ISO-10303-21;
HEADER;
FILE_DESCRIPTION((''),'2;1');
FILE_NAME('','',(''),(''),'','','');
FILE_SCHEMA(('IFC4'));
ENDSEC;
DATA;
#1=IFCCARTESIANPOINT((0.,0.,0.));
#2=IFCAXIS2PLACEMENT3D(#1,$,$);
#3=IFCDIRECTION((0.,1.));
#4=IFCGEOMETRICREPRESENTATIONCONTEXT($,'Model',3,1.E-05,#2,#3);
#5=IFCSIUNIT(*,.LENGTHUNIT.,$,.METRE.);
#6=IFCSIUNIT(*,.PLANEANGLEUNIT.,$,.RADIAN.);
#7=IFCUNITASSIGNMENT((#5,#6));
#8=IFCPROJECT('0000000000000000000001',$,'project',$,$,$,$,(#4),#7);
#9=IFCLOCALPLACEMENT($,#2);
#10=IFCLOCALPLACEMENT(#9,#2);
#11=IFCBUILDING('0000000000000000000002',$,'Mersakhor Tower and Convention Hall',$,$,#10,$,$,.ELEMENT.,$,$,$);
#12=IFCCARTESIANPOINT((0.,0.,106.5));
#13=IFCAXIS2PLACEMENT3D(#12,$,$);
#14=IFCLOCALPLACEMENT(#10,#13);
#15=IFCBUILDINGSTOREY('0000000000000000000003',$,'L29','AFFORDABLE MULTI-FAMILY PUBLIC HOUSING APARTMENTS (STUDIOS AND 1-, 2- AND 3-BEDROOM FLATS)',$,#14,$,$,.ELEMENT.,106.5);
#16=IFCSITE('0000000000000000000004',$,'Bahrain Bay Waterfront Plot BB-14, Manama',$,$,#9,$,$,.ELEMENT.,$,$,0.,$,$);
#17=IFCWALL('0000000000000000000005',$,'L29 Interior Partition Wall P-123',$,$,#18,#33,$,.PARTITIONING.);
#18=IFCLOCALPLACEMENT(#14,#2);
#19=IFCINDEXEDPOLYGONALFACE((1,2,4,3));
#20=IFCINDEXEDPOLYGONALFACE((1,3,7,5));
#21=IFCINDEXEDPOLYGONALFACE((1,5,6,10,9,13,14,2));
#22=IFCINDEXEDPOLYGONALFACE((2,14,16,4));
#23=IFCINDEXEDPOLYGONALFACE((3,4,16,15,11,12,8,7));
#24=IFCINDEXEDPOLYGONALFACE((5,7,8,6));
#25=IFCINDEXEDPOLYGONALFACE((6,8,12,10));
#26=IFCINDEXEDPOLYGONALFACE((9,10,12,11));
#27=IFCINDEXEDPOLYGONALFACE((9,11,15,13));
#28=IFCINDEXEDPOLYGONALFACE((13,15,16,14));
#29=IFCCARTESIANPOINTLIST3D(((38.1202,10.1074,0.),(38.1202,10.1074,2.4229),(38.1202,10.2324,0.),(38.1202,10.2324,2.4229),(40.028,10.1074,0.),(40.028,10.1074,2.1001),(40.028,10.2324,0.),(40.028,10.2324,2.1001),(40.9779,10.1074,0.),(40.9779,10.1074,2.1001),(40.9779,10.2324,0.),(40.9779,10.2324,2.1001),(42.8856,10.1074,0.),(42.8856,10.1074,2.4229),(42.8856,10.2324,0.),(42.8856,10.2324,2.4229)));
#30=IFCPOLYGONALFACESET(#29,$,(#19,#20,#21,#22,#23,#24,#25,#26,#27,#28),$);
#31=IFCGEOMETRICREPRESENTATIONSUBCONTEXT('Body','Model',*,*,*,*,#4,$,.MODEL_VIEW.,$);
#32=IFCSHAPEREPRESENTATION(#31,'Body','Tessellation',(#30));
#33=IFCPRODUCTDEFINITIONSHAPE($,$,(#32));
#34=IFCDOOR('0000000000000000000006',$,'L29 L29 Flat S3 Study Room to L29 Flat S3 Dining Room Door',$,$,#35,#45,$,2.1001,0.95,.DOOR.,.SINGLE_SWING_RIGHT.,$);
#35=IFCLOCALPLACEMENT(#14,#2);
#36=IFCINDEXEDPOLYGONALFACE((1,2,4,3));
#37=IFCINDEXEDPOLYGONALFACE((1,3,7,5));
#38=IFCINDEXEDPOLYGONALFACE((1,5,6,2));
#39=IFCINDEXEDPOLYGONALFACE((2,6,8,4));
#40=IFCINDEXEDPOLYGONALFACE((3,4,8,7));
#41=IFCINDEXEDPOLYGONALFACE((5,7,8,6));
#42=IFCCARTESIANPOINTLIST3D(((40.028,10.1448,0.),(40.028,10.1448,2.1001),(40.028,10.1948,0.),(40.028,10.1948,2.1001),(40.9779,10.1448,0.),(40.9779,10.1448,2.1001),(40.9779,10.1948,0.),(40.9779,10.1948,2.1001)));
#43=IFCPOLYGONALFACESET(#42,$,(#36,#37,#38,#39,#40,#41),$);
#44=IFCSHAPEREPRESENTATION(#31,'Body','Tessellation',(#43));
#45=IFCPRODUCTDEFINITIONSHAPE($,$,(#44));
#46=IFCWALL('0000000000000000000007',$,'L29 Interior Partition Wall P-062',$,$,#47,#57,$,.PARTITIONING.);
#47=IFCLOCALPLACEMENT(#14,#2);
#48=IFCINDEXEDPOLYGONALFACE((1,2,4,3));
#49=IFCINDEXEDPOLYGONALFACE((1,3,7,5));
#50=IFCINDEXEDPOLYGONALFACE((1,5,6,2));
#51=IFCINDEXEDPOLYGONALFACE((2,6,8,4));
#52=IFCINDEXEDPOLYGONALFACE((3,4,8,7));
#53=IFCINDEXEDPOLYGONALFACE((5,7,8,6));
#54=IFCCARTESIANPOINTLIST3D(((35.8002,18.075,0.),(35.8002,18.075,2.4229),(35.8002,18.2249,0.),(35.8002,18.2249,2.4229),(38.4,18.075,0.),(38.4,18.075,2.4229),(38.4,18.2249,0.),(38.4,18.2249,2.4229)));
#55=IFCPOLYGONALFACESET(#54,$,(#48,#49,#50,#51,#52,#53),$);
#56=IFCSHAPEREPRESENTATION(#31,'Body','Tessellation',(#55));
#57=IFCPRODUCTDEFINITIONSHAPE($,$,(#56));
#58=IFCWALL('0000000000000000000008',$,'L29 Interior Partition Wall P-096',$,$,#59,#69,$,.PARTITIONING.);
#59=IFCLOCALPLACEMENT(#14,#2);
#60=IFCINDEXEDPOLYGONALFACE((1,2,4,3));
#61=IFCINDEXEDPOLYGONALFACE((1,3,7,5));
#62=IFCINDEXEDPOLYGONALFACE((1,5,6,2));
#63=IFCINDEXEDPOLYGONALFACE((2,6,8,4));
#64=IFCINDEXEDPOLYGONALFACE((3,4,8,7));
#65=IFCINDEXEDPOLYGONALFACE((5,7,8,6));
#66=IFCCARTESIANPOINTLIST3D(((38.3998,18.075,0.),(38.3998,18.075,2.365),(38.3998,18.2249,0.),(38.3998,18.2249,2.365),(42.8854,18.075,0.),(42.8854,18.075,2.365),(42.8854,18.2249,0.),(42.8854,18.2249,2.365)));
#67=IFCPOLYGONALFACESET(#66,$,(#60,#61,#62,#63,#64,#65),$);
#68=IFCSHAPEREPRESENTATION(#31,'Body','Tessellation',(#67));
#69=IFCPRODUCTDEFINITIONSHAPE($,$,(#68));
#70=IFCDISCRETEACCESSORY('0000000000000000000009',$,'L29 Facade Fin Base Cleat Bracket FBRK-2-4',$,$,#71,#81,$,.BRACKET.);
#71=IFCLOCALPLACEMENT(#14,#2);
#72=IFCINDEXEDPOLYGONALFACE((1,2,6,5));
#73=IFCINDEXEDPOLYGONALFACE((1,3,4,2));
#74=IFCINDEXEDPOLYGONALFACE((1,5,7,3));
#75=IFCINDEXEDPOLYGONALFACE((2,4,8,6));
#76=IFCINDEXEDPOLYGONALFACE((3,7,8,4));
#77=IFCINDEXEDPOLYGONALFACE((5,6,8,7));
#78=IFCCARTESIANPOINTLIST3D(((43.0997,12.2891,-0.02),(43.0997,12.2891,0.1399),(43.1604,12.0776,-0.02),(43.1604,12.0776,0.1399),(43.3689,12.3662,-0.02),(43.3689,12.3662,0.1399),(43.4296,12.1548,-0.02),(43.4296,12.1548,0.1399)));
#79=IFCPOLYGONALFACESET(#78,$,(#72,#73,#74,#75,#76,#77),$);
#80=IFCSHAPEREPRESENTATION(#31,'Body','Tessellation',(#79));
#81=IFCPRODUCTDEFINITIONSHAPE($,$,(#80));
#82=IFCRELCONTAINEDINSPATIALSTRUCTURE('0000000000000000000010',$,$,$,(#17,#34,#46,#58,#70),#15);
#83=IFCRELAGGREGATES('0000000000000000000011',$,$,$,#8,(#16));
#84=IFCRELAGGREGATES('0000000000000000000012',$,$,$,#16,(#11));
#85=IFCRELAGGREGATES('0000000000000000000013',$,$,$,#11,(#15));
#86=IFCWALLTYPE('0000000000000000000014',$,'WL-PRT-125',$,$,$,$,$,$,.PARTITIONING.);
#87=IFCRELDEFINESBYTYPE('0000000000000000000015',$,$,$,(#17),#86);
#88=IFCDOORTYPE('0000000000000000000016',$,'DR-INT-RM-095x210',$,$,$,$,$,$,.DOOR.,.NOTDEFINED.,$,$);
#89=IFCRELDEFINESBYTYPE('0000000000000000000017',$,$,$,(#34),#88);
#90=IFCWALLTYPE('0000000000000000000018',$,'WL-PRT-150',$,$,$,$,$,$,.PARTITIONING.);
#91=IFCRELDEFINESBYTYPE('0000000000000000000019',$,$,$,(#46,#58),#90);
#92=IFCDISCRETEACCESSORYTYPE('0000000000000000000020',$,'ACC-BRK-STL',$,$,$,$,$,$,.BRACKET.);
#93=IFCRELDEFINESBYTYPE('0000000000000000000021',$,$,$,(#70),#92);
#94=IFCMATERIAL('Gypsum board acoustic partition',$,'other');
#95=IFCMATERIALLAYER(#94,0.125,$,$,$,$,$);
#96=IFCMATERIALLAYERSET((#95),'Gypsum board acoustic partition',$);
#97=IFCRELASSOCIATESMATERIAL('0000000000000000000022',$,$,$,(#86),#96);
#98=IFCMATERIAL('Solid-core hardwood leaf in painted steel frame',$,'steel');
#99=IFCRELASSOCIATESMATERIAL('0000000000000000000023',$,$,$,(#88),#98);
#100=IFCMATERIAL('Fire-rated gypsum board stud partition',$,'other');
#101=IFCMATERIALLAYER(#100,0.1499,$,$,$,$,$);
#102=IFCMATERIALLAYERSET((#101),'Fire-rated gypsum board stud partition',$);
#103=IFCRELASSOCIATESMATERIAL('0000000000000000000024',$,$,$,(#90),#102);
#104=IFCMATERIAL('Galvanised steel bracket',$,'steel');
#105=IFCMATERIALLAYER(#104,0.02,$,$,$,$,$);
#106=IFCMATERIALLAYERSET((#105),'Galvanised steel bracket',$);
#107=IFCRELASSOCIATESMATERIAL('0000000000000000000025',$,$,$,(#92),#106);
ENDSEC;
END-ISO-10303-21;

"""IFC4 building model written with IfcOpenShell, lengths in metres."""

from ifc_helpers import new_model, si_unit, direction, frame, frame_2d, origin, origin_2d, place, context, subcontext, project, spatial, rectangle, extrude, material, layer, layer_set, type_object, element, fill, save


model = new_model("IFC4")

# Units and contexts
model_context = context("Model", 3, precision=1e-05, world=origin(), true_north=direction((0.0, 1.0)))
body_context = subcontext(model_context, "Body", "Model", "MODEL_VIEW")
ifc_project = project(units=[si_unit("LENGTHUNIT", "METRE"), si_unit("PLANEANGLEUNIT", "RADIAN")], contexts=[model_context])

# Site, building, storey
site_placement = place(None, origin())
site = spatial("IfcSite", under=ifc_project, at=site_placement, Name="Bahrain Bay Waterfront Plot BB-14, Manama", CompositionType="ELEMENT", RefElevation=0.0)
building_placement = place(site_placement, origin())
building = spatial("IfcBuilding", under=site, at=building_placement, Name="Mersakhor Tower and Convention Hall", CompositionType="ELEMENT")
storey_placement = place(building_placement, frame((0.0, 0.0, 106.5)))
storey = spatial("IfcBuildingStorey", under=building, at=storey_placement, Name="L29", Description="AFFORDABLE MULTI-FAMILY PUBLIC HOUSING APARTMENTS (STUDIOS AND 1-, 2- AND 3-BEDROOM FLATS)", CompositionType="ELEMENT", Elevation=106.5)

# Wall, opening, door
ifc_material_1 = material(Name="Gypsum board acoustic partition", Category="other")
ifc_layer_1 = layer(ifc_material_1, 0.125)
ifc_layer_set_1 = layer_set([ifc_layer_1], Name="Gypsum board acoustic partition")
wall_type_1 = type_object("IfcWallType", Name="WL-PRT-125", PredefinedType="PARTITIONING", material=ifc_layer_set_1)
ifc_material_2 = material(Name="Solid-core hardwood leaf in painted steel frame", Category="steel")
door_type_1 = type_object("IfcDoorType", Name="DR-INT-RM-095x210", OperationType="NOTDEFINED", PredefinedType="DOOR", material=ifc_material_2)
wall_1_placement = place(storey_placement, frame((38.1201, 10.1699, 0.0), z_axis=(0.0, 0.0, 1.0), x_axis=(1.0, 0.0, 0.0)))
wall_1 = element("IfcWall", 1, at=wall_1_placement, inside=storey, type_object=wall_type_1, Name="L29 Interior Partition Wall P-123", PredefinedType="PARTITIONING", context=body_context, shape_type="SweptSolid", body=[
    extrude(rectangle(XDim=4.7654, YDim=0.125, at=frame_2d((2.3828, 0.0))), origin(), (0.0, 0.0, 1.0), 2.4229),
])
opening_1_placement = place(wall_1_placement, frame((1.9077, 0.0, 0.0)))
opening_1 = element("IfcOpeningElement", 2, at=opening_1_placement, cuts=wall_1, PredefinedType="OPENING", context=body_context, shape_type="SweptSolid", body=[
    extrude(rectangle(XDim=0.95, YDim=2.1001, at=frame_2d((0.4751, 1.05))), frame((0.0, 0.0725, 0.0), z_axis=(0.0, -1.0, 0.0), x_axis=(1.0, 0.0, 0.0)), (0.0, 0.0, 1.0), 0.145),
])
door_1_placement = place(opening_1_placement, origin())
door_1 = element("IfcDoor", 3, at=door_1_placement, inside=storey, type_object=door_type_1, Name="L29 L29 Flat S3 Study Room to L29 Flat S3 Dining Room Door", OperationType="SINGLE_SWING_RIGHT", OverallHeight=2.1001, OverallWidth=0.95, PredefinedType="DOOR", context=body_context, shape_type="SweptSolid", body=[
    extrude(rectangle(XDim=0.95, YDim=2.1001, at=frame_2d((0.4751, 1.05))), frame((0.0, 0.0249, 0.0), z_axis=(0.0, -1.0, 0.0), x_axis=(1.0, 0.0, 0.0)), (0.0, 0.0, 1.0), 0.05),
])
fill(opening_1, door_1)

# Walls
ifc_material_3 = material(Name="Fire-rated gypsum board stud partition", Category="other")
ifc_layer_2 = layer(ifc_material_3, 0.1499)
ifc_layer_set_2 = layer_set([ifc_layer_2], Name="Fire-rated gypsum board stud partition")
wall_type_2 = type_object("IfcWallType", Name="WL-PRT-150", PredefinedType="PARTITIONING", material=ifc_layer_set_2)
wall_2_placement = place(storey_placement, frame((38.3999, 18.1499, 0.0), z_axis=(0.0, 0.0, 1.0), x_axis=(-1.0, 0.0, 0.0)))
element("IfcWall", 4, at=wall_2_placement, inside=storey, type_object=wall_type_2, Name="L29 Interior Partition Wall P-062", PredefinedType="PARTITIONING", context=body_context, shape_type="SweptSolid", body=[
    extrude(rectangle(XDim=2.5999, YDim=0.1499, at=frame_2d((1.2998, 0.0))), origin(), (0.0, 0.0, 1.0), 2.4229),
])
wall_3_placement = place(storey_placement, frame((38.3999, 18.1499, 0.0), z_axis=(0.0, 0.0, 1.0), x_axis=(1.0, 0.0, 0.0)))
element("IfcWall", 5, at=wall_3_placement, inside=storey, type_object=wall_type_2, Name="L29 Interior Partition Wall P-096", PredefinedType="PARTITIONING", context=body_context, shape_type="SweptSolid", body=[
    extrude(rectangle(XDim=4.4856, YDim=0.1499, at=frame_2d((2.2427, 0.0))), origin(), (0.0, 0.0, 1.0), 2.365),
])

# Discrete accessory
ifc_material_4 = material(Name="Galvanised steel bracket", Category="steel")
ifc_layer_3 = layer(ifc_material_4, 0.02)
ifc_layer_set_3 = layer_set([ifc_layer_3], Name="Galvanised steel bracket")
discrete_accessory_type = type_object("IfcDiscreteAccessoryType", Name="ACC-BRK-STL", PredefinedType="BRACKET", material=ifc_layer_set_3)
discrete_accessory_placement = place(storey_placement, frame((43.2646, 12.2219, -0.02), z_axis=(0.0, 0.0, 1.0), x_axis=(0.961262, 0.275637, 0.0)))
element("IfcDiscreteAccessory", 6, at=discrete_accessory_placement, inside=storey, type_object=discrete_accessory_type, Name="L29 Facade Fin Base Cleat Bracket FBRK-2-4", PredefinedType="BRACKET", context=body_context, shape_type="SweptSolid", body=[
    extrude(rectangle(XDim=0.28, YDim=0.22, at=origin_2d()), origin(), (0.0, 0.0, 1.0), 0.1599),
])

save(model, "model.ifc")
